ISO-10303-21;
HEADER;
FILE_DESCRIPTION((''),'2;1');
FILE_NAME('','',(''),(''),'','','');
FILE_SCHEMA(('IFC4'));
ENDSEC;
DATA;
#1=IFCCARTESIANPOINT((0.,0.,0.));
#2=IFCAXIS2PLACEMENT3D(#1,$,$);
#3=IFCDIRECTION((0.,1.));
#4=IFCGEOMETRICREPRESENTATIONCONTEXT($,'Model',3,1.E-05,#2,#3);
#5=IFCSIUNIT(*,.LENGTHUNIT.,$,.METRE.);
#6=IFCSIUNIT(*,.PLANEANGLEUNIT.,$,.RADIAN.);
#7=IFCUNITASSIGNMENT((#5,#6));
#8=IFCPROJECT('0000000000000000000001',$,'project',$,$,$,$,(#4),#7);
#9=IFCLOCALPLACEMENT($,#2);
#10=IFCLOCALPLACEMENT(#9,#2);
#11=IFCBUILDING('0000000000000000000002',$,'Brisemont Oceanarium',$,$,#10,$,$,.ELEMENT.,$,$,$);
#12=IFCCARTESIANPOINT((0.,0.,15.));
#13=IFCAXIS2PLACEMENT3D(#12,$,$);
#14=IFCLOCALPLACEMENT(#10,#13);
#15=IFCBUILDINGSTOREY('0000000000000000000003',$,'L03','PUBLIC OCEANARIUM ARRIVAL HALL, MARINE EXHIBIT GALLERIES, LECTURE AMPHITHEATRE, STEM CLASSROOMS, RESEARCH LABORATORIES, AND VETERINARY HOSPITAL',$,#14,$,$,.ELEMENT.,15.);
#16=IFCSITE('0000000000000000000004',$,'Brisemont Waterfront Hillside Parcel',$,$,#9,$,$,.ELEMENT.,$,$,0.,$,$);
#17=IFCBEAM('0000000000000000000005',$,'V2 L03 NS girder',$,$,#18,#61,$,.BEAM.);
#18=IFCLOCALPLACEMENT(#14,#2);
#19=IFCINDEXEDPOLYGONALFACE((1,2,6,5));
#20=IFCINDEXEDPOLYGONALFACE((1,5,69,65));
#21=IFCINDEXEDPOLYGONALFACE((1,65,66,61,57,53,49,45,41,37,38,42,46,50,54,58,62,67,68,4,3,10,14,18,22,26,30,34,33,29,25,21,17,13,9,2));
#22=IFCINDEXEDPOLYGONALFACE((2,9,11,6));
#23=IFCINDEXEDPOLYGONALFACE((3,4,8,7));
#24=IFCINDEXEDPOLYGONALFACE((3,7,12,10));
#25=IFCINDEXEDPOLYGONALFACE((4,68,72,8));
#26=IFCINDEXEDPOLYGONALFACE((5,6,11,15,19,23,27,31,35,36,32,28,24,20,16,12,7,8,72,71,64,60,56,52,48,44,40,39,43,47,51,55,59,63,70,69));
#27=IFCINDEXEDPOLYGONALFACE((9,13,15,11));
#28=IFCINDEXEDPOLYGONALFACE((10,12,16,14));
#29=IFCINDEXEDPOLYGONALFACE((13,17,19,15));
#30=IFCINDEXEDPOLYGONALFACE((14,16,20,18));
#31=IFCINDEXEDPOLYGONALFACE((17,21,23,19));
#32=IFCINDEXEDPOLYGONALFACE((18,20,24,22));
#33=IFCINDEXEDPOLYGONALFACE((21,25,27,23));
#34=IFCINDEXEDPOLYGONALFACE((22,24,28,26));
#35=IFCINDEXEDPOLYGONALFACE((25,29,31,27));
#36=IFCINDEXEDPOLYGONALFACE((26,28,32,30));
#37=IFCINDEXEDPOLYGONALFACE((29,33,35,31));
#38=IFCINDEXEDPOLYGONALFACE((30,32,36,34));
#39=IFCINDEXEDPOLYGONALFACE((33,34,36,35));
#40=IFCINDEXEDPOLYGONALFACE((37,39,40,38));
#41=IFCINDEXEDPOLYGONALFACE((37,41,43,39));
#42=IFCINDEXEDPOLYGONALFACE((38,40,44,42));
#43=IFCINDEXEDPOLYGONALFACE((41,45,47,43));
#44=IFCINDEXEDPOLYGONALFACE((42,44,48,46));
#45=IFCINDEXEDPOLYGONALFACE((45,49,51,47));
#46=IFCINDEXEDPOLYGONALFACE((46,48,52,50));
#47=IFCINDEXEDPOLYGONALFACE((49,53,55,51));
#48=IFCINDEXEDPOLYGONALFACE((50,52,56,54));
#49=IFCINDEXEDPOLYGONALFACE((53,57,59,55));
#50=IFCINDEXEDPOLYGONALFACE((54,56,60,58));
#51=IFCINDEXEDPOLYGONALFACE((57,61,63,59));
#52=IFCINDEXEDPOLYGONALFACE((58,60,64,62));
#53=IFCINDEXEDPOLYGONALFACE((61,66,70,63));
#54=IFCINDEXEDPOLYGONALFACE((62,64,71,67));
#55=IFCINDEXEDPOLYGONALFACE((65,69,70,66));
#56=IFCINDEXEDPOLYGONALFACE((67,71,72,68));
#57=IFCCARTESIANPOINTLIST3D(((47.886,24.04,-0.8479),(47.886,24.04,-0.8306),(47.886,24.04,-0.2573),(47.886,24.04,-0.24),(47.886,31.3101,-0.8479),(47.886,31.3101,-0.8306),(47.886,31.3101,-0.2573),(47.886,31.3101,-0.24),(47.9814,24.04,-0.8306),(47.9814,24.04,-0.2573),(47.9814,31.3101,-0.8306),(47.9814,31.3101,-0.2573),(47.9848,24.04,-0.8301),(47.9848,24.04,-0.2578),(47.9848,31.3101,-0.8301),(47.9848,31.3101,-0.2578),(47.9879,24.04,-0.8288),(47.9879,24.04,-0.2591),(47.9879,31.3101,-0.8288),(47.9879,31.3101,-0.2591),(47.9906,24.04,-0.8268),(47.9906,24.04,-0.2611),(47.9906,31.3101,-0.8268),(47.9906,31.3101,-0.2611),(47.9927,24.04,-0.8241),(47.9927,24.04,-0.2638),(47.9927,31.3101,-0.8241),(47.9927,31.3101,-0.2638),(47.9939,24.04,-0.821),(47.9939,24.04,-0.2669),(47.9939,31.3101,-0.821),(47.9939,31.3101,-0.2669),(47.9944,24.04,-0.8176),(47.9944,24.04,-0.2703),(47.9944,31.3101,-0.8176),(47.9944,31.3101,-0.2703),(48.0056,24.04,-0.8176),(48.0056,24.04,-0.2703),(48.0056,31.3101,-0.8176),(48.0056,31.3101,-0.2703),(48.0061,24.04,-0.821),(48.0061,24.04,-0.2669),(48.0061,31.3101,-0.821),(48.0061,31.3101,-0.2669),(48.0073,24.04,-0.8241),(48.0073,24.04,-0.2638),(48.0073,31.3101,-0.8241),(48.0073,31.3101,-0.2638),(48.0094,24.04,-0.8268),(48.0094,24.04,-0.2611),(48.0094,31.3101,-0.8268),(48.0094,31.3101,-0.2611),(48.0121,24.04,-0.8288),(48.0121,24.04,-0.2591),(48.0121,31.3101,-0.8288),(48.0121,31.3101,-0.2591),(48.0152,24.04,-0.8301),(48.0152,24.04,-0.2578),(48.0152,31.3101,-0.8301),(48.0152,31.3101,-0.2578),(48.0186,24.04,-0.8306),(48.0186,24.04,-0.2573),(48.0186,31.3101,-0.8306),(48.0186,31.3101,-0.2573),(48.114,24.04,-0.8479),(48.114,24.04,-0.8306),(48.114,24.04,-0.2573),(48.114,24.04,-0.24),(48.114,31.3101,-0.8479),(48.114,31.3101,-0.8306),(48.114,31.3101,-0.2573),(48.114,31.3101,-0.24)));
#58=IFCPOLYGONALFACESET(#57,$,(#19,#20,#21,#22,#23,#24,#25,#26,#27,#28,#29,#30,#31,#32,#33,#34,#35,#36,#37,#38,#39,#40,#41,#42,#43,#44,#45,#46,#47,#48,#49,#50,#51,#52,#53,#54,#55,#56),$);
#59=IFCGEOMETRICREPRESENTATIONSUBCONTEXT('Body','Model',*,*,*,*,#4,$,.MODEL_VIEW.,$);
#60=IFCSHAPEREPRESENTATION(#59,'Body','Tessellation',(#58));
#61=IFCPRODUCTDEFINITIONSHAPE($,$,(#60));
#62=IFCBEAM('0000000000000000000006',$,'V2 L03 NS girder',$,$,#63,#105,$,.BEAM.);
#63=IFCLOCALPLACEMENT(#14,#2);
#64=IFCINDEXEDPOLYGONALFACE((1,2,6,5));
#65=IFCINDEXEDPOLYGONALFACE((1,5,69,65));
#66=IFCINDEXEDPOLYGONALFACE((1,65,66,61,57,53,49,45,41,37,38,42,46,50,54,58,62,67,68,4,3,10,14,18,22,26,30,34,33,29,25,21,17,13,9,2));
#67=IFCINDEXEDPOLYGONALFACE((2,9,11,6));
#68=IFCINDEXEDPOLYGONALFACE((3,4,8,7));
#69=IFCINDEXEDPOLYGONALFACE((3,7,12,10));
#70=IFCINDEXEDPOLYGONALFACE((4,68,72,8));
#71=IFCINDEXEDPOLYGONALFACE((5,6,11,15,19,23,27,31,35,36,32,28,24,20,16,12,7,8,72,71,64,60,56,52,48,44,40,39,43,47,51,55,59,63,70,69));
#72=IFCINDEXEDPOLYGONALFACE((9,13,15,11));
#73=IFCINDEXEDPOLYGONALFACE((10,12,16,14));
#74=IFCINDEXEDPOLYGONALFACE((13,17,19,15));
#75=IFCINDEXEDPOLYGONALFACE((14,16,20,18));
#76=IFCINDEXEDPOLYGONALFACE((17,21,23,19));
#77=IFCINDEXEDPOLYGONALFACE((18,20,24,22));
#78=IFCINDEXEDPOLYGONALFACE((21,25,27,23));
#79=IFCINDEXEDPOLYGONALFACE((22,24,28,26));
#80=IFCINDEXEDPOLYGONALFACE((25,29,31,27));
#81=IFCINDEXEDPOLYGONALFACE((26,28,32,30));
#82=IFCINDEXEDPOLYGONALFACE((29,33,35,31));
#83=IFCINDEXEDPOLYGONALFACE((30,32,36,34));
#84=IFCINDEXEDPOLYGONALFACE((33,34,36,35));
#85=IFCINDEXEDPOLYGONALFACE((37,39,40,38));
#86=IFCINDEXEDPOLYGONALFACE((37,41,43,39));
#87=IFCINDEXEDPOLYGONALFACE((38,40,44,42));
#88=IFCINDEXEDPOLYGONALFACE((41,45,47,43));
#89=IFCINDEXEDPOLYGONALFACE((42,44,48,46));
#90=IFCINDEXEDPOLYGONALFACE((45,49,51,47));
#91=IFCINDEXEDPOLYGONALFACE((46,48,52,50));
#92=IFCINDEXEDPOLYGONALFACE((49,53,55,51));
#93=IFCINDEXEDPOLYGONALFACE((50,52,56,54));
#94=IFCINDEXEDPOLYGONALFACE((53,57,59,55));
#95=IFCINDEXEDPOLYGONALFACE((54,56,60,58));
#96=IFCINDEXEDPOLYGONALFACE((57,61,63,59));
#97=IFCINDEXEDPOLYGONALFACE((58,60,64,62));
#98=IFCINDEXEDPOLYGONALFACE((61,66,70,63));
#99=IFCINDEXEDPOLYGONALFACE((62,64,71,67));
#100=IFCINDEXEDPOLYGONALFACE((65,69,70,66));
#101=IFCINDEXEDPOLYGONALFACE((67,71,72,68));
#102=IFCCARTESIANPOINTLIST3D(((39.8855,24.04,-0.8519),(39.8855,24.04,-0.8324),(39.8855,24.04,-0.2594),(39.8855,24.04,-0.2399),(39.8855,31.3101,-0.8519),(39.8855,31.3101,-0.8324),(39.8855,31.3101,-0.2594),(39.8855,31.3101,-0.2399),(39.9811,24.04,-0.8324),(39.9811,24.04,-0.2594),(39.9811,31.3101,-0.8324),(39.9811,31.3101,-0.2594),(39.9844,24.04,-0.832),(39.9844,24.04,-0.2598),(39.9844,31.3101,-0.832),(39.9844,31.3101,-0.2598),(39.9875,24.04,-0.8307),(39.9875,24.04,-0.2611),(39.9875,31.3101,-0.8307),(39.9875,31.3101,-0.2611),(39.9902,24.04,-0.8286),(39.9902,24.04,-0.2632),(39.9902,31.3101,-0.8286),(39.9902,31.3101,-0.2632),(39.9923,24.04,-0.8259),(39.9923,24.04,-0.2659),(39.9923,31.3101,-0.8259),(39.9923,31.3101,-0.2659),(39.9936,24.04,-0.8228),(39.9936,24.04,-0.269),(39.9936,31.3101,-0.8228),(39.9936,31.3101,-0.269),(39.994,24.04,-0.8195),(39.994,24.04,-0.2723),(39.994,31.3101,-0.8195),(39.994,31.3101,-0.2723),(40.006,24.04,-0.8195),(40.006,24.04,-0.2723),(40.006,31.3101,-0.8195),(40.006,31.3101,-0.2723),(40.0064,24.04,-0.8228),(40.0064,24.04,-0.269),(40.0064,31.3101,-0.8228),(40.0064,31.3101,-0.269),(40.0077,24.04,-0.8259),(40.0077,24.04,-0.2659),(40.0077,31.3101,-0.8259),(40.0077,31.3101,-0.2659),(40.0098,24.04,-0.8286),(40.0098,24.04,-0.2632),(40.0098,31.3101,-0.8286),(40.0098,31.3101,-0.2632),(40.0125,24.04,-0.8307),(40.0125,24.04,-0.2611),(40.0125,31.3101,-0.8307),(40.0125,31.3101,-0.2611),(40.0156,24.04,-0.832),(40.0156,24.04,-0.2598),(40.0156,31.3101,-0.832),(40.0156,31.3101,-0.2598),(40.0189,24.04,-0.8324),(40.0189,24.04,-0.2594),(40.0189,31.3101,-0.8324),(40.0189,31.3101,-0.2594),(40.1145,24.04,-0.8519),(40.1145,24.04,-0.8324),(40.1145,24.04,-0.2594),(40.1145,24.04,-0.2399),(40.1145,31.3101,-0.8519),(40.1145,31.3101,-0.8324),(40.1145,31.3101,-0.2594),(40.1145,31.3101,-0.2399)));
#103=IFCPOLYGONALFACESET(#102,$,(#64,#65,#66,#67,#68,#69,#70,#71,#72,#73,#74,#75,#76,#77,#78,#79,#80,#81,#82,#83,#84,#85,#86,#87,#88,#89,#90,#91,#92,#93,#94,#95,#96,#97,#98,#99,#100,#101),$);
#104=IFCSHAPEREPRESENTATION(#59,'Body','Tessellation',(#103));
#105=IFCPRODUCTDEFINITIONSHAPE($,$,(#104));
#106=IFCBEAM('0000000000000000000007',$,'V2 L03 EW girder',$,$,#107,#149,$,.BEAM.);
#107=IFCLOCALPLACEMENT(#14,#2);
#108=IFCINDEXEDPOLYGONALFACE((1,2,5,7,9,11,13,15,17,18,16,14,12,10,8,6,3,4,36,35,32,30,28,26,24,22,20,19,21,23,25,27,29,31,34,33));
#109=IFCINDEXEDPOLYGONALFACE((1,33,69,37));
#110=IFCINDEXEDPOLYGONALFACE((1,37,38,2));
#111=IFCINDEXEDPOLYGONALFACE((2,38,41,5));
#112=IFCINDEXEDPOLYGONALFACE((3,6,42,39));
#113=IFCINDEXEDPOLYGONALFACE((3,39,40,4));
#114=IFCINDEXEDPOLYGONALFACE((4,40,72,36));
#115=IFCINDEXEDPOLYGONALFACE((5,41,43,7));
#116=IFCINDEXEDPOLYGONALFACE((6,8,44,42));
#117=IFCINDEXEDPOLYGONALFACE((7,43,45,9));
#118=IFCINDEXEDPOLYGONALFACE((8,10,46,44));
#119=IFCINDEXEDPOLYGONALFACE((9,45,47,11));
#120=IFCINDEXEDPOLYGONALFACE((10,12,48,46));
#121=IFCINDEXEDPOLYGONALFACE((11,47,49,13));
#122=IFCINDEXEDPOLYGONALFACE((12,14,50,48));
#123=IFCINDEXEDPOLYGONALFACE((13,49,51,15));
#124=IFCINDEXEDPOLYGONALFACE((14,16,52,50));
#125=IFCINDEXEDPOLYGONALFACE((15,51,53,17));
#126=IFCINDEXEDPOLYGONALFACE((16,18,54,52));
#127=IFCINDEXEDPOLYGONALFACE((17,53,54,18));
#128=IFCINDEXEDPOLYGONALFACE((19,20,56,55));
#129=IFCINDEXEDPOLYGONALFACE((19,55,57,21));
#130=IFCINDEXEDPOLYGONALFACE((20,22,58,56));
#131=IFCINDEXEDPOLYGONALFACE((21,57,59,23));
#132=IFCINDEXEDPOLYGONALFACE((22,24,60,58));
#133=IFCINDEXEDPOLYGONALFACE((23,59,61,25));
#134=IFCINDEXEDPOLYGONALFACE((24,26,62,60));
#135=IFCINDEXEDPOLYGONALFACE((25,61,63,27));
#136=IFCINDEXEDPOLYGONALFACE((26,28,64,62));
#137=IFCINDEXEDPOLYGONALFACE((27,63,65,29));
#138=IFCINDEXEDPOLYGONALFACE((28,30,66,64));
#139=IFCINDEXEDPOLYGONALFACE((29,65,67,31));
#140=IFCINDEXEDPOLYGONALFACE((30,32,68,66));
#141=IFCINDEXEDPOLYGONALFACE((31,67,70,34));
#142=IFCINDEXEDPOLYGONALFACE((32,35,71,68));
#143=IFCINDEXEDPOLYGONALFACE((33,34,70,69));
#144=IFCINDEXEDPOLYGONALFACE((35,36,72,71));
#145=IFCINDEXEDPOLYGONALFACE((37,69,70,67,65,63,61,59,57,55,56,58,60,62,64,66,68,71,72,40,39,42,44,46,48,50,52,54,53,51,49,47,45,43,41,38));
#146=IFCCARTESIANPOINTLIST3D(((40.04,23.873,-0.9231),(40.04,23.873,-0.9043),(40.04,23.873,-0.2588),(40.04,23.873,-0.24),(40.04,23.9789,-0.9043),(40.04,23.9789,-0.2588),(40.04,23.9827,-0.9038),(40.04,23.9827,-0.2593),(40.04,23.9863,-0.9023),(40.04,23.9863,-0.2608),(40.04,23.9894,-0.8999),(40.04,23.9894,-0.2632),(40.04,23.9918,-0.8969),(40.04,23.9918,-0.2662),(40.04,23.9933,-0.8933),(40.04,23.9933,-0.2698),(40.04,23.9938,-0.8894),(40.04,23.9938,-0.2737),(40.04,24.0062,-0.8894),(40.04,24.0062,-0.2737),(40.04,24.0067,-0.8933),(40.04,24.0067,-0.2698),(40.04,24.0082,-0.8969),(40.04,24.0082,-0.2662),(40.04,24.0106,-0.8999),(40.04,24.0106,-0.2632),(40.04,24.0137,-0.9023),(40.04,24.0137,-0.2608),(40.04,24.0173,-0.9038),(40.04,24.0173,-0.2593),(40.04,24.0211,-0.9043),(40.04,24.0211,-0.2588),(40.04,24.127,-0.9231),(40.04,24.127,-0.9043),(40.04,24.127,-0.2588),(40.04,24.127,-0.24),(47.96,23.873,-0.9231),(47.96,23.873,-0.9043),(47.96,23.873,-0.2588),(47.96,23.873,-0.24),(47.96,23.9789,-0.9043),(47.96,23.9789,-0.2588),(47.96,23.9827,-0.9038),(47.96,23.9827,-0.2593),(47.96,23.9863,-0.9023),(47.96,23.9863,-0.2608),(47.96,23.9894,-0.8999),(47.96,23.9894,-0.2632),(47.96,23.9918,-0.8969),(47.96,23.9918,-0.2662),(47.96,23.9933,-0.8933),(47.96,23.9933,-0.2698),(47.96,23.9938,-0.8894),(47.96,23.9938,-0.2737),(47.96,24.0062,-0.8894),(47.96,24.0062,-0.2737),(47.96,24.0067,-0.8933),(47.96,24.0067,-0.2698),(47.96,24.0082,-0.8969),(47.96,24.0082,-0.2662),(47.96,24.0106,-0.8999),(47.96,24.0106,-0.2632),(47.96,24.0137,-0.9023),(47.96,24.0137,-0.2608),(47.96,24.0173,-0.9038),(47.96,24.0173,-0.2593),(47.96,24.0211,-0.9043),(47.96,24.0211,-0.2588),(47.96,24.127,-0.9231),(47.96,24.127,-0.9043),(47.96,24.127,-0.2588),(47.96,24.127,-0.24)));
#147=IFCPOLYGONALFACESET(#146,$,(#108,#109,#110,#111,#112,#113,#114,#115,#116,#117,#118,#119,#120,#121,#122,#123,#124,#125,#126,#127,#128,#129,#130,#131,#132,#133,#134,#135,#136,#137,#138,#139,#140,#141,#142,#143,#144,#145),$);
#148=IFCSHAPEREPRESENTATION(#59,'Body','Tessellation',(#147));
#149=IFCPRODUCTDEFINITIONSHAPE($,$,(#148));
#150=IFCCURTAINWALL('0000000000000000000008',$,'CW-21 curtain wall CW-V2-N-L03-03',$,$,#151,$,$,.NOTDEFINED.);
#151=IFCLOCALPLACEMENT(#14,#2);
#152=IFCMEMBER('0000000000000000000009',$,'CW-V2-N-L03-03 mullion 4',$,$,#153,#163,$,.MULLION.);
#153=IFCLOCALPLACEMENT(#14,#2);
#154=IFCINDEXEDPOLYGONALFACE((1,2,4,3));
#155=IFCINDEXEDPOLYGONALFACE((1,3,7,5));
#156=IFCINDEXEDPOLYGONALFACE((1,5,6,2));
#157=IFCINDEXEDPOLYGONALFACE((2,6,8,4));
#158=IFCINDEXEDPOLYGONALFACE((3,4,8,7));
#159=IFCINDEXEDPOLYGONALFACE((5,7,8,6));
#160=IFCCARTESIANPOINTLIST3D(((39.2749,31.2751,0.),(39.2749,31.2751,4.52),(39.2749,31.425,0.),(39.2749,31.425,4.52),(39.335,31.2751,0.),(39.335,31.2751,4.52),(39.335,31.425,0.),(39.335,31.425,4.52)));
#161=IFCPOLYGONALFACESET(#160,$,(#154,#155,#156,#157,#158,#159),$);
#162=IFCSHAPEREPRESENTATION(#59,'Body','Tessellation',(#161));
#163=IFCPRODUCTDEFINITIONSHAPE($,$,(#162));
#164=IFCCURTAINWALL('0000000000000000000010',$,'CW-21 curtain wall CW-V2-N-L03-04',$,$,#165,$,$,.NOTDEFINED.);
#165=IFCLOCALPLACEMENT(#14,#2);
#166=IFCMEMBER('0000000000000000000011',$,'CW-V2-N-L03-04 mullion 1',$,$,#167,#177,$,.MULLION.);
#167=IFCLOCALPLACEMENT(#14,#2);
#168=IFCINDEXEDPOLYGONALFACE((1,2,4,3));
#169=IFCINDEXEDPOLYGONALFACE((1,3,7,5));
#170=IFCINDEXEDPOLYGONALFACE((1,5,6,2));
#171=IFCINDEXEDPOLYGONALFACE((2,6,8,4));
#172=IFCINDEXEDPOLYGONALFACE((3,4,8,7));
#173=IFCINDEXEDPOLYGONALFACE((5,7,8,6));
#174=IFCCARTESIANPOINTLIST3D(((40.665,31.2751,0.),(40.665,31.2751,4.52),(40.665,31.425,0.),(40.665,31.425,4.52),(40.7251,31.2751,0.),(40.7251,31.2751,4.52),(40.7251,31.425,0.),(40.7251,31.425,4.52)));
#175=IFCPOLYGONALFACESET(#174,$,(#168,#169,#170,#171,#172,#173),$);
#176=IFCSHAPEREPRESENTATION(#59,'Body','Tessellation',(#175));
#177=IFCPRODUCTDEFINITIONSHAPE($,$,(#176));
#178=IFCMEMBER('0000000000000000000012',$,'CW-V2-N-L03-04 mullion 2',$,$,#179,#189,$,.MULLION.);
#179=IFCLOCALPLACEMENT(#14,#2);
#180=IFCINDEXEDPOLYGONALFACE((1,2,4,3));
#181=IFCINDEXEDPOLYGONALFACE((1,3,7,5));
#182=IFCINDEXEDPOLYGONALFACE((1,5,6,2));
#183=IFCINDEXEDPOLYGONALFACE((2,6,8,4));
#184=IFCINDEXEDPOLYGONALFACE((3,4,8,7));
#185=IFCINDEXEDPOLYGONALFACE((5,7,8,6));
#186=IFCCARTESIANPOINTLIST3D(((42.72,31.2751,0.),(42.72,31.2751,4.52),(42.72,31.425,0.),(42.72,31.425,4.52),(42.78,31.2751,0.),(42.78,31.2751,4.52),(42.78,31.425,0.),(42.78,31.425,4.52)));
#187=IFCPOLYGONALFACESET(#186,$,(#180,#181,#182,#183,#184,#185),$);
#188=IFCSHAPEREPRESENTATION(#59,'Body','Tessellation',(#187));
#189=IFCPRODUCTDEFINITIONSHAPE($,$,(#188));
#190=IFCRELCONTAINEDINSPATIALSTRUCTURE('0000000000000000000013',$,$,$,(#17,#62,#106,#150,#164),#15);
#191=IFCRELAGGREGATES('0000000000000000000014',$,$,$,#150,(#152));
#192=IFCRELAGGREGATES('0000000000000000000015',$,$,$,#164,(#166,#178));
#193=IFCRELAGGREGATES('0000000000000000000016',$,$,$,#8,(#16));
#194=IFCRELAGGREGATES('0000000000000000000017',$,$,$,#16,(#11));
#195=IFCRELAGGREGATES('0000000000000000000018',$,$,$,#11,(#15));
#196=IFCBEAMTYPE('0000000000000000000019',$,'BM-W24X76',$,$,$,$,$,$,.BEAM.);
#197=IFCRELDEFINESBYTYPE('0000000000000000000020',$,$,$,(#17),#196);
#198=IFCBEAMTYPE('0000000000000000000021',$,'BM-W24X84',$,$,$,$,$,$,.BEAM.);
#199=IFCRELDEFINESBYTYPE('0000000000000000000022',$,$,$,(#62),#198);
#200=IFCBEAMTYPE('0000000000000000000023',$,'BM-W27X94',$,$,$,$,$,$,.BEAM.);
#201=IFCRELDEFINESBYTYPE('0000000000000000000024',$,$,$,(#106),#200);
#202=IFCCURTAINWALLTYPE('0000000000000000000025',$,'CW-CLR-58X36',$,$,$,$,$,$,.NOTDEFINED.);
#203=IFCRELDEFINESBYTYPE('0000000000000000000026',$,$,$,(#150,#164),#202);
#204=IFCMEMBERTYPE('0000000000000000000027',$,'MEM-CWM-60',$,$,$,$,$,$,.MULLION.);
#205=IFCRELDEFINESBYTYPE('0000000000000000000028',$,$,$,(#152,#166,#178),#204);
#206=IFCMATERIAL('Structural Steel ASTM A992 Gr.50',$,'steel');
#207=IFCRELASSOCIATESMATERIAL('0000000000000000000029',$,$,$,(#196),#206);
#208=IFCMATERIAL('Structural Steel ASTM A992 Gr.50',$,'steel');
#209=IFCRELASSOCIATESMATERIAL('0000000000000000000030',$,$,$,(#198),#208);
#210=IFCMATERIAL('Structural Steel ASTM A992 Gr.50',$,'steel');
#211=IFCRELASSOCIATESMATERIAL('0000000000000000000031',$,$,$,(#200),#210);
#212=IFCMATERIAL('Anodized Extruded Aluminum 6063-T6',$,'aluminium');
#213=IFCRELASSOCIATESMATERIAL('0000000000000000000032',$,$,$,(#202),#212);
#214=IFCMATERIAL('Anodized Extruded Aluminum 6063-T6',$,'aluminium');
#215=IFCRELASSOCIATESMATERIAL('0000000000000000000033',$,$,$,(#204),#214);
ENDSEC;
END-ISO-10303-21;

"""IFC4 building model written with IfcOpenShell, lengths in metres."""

from ifc_helpers import new_model, si_unit, direction, frame, origin, origin_2d, place, context, subcontext, project, spatial, rectangle, i_section, extrude, material, material_profile, profile_set, type_object, element, aggregate, save


model = new_model("IFC4")

# Units and contexts
model_context = context("Model", 3, precision=1e-05, world=origin(), true_north=direction((0.0, 1.0)))
body_context = subcontext(model_context, "Body", "Model", "MODEL_VIEW")
ifc_project = project(units=[si_unit("LENGTHUNIT", "METRE"), si_unit("PLANEANGLEUNIT", "RADIAN")], contexts=[model_context])

# Site, building, storey
site_placement = place(None, origin())
site = spatial("IfcSite", under=ifc_project, at=site_placement, Name="Brisemont Waterfront Hillside Parcel", CompositionType="ELEMENT", RefElevation=0.0)
building_placement = place(site_placement, origin())
building = spatial("IfcBuilding", under=site, at=building_placement, Name="Brisemont Oceanarium", CompositionType="ELEMENT")
storey_placement = place(building_placement, frame((0.0, 0.0, 15.0)))
storey = spatial("IfcBuildingStorey", under=building, at=storey_placement, Name="L03", Description="PUBLIC OCEANARIUM ARRIVAL HALL, MARINE EXHIBIT GALLERIES, LECTURE AMPHITHEATRE, STEM CLASSROOMS, RESEARCH LABORATORIES, AND VETERINARY HOSPITAL", CompositionType="ELEMENT", Elevation=15.0)

# Beams
ifc_material_1 = material(Name="Structural Steel ASTM A992 Gr.50", Category="steel")
ifc_material_profile_1 = material_profile(ifc_material_1, i_section(OverallWidth=0.228, OverallDepth=0.6079, WebThickness=0.0112, FlangeThickness=0.0173, FilletRadius=0.0129, at=origin_2d()), Name="W24X76")
ifc_profile_set_1 = profile_set([ifc_material_profile_1], Name="Structural Steel ASTM A992 Gr.50")
beam_type_1 = type_object("IfcBeamType", Name="BM-W24X76", PredefinedType="BEAM", material=ifc_profile_set_1)
beam_1_placement = place(storey_placement, frame((48.0, 24.04, -0.5439), z_axis=(0.0, 1.0, 0.0), x_axis=(-1.0, 0.0, 0.0)))
element("IfcBeam", 1, at=beam_1_placement, inside=storey, type_object=beam_type_1, Name="V2 L03 NS girder", PredefinedType="BEAM", context=body_context, shape_type="SweptSolid", body=[
    extrude(i_section(OverallWidth=0.228, OverallDepth=0.6079, WebThickness=0.0112, FlangeThickness=0.0173, FilletRadius=0.0129, at=origin_2d()), origin(), (0.0, 0.0, 1.0), 7.27),
])
ifc_material_2 = material(Name="Structural Steel ASTM A992 Gr.50", Category="steel")
ifc_material_profile_2 = material_profile(ifc_material_2, i_section(OverallWidth=0.229, OverallDepth=0.6121, WebThickness=0.012, FlangeThickness=0.0195, FilletRadius=0.0129, at=origin_2d()), Name="W24X84")
ifc_profile_set_2 = profile_set([ifc_material_profile_2], Name="Structural Steel ASTM A992 Gr.50")
beam_type_2 = type_object("IfcBeamType", Name="BM-W24X84", PredefinedType="BEAM", material=ifc_profile_set_2)
beam_2_placement = place(storey_placement, frame((40.0, 24.04, -0.5459), z_axis=(0.0, 1.0, 0.0), x_axis=(-1.0, 0.0, 0.0)))
element("IfcBeam", 2, at=beam_2_placement, inside=storey, type_object=beam_type_2, Name="V2 L03 NS girder", PredefinedType="BEAM", context=body_context, shape_type="SweptSolid", body=[
    extrude(i_section(OverallWidth=0.229, OverallDepth=0.6121, WebThickness=0.012, FlangeThickness=0.0195, FilletRadius=0.0129, at=origin_2d()), origin(), (0.0, 0.0, 1.0), 7.27),
])
ifc_material_3 = material(Name="Structural Steel ASTM A992 Gr.50", Category="steel")
ifc_material_profile_3 = material_profile(ifc_material_3, i_section(OverallWidth=0.2539, OverallDepth=0.6831, WebThickness=0.0125, FlangeThickness=0.0188, FilletRadius=0.0149, at=origin_2d()), Name="W27X94")
ifc_profile_set_3 = profile_set([ifc_material_profile_3], Name="Structural Steel ASTM A992 Gr.50")
beam_type_3 = type_object("IfcBeamType", Name="BM-W27X94", PredefinedType="BEAM", material=ifc_profile_set_3)
beam_3_placement = place(storey_placement, frame((40.04, 24.0, -0.5815), z_axis=(1.0, 0.0, 0.0), x_axis=(0.0, 1.0, 0.0)))
element("IfcBeam", 3, at=beam_3_placement, inside=storey, type_object=beam_type_3, Name="V2 L03 EW girder", PredefinedType="BEAM", context=body_context, shape_type="SweptSolid", body=[
    extrude(i_section(OverallWidth=0.2539, OverallDepth=0.6831, WebThickness=0.0125, FlangeThickness=0.0188, FilletRadius=0.0149, at=origin_2d()), origin(), (0.0, 0.0, 1.0), 7.9199),
])

# Curtain wall, member
ifc_material_4 = material(Name="Anodized Extruded Aluminum 6063-T6", Category="aluminium")
curtain_wall_type = type_object("IfcCurtainWallType", Name="CW-CLR-58X36", PredefinedType="NOTDEFINED", material=ifc_material_4)
curtain_wall_1_placement = place(storey_placement, origin())
curtain_wall_1 = element("IfcCurtainWall", 4, at=curtain_wall_1_placement, inside=storey, type_object=curtain_wall_type, Name="CW-21 curtain wall CW-V2-N-L03-03", PredefinedType="NOTDEFINED")
ifc_material_5 = material(Name="Anodized Extruded Aluminum 6063-T6", Category="aluminium")
ifc_material_profile_4 = material_profile(ifc_material_5, rectangle(XDim=0.0601, YDim=0.1499, at=origin_2d()), Name="CWM-60X150")
ifc_profile_set_4 = profile_set([ifc_material_profile_4], Name="Anodized Extruded Aluminum 6063-T6")
member_type_1 = type_object("IfcMemberType", Name="MEM-CWM-60", PredefinedType="MULLION", material=ifc_profile_set_4)
member_1_placement = place(storey_placement, frame((39.3049, 31.3501, 0.0), z_axis=(0.0, 0.0, 1.0), x_axis=(1.0, 0.0, 0.0)))
member_1 = element("IfcMember", 5, at=member_1_placement, type_object=member_type_1, Name="CW-V2-N-L03-03 mullion 4", PredefinedType="MULLION", context=body_context, shape_type="SweptSolid", body=[
    extrude(rectangle(XDim=0.0601, YDim=0.1499, at=origin_2d()), origin(), (0.0, 0.0, 1.0), 4.52),
])

# Curtain wall, members
curtain_wall_2_placement = place(storey_placement, origin())
curtain_wall_2 = element("IfcCurtainWall", 6, at=curtain_wall_2_placement, inside=storey, type_object=curtain_wall_type, Name="CW-21 curtain wall CW-V2-N-L03-04", PredefinedType="NOTDEFINED")
member_2_placement = place(storey_placement, frame((40.6951, 31.3501, 0.0), z_axis=(0.0, 0.0, 1.0), x_axis=(1.0, 0.0, 0.0)))
member_2 = element("IfcMember", 7, at=member_2_placement, type_object=member_type_1, Name="CW-V2-N-L03-04 mullion 1", PredefinedType="MULLION", context=body_context, shape_type="SweptSolid", body=[
    extrude(rectangle(XDim=0.0601, YDim=0.1499, at=origin_2d()), origin(), (0.0, 0.0, 1.0), 4.52),
])
member_3_placement = place(storey_placement, frame((42.75, 31.3501, 0.0), z_axis=(0.0, 0.0, 1.0), x_axis=(1.0, 0.0, 0.0)))
member_3 = element("IfcMember", 8, at=member_3_placement, type_object=member_type_1, Name="CW-V2-N-L03-04 mullion 2", PredefinedType="MULLION", context=body_context, shape_type="SweptSolid", body=[
    extrude(rectangle(XDim=0.0601, YDim=0.1499, at=origin_2d()), origin(), (0.0, 0.0, 1.0), 4.52),
])

aggregate(curtain_wall_1, [member_1])
aggregate(curtain_wall_2, [member_2, member_3])

save(model, "model.ifc")
